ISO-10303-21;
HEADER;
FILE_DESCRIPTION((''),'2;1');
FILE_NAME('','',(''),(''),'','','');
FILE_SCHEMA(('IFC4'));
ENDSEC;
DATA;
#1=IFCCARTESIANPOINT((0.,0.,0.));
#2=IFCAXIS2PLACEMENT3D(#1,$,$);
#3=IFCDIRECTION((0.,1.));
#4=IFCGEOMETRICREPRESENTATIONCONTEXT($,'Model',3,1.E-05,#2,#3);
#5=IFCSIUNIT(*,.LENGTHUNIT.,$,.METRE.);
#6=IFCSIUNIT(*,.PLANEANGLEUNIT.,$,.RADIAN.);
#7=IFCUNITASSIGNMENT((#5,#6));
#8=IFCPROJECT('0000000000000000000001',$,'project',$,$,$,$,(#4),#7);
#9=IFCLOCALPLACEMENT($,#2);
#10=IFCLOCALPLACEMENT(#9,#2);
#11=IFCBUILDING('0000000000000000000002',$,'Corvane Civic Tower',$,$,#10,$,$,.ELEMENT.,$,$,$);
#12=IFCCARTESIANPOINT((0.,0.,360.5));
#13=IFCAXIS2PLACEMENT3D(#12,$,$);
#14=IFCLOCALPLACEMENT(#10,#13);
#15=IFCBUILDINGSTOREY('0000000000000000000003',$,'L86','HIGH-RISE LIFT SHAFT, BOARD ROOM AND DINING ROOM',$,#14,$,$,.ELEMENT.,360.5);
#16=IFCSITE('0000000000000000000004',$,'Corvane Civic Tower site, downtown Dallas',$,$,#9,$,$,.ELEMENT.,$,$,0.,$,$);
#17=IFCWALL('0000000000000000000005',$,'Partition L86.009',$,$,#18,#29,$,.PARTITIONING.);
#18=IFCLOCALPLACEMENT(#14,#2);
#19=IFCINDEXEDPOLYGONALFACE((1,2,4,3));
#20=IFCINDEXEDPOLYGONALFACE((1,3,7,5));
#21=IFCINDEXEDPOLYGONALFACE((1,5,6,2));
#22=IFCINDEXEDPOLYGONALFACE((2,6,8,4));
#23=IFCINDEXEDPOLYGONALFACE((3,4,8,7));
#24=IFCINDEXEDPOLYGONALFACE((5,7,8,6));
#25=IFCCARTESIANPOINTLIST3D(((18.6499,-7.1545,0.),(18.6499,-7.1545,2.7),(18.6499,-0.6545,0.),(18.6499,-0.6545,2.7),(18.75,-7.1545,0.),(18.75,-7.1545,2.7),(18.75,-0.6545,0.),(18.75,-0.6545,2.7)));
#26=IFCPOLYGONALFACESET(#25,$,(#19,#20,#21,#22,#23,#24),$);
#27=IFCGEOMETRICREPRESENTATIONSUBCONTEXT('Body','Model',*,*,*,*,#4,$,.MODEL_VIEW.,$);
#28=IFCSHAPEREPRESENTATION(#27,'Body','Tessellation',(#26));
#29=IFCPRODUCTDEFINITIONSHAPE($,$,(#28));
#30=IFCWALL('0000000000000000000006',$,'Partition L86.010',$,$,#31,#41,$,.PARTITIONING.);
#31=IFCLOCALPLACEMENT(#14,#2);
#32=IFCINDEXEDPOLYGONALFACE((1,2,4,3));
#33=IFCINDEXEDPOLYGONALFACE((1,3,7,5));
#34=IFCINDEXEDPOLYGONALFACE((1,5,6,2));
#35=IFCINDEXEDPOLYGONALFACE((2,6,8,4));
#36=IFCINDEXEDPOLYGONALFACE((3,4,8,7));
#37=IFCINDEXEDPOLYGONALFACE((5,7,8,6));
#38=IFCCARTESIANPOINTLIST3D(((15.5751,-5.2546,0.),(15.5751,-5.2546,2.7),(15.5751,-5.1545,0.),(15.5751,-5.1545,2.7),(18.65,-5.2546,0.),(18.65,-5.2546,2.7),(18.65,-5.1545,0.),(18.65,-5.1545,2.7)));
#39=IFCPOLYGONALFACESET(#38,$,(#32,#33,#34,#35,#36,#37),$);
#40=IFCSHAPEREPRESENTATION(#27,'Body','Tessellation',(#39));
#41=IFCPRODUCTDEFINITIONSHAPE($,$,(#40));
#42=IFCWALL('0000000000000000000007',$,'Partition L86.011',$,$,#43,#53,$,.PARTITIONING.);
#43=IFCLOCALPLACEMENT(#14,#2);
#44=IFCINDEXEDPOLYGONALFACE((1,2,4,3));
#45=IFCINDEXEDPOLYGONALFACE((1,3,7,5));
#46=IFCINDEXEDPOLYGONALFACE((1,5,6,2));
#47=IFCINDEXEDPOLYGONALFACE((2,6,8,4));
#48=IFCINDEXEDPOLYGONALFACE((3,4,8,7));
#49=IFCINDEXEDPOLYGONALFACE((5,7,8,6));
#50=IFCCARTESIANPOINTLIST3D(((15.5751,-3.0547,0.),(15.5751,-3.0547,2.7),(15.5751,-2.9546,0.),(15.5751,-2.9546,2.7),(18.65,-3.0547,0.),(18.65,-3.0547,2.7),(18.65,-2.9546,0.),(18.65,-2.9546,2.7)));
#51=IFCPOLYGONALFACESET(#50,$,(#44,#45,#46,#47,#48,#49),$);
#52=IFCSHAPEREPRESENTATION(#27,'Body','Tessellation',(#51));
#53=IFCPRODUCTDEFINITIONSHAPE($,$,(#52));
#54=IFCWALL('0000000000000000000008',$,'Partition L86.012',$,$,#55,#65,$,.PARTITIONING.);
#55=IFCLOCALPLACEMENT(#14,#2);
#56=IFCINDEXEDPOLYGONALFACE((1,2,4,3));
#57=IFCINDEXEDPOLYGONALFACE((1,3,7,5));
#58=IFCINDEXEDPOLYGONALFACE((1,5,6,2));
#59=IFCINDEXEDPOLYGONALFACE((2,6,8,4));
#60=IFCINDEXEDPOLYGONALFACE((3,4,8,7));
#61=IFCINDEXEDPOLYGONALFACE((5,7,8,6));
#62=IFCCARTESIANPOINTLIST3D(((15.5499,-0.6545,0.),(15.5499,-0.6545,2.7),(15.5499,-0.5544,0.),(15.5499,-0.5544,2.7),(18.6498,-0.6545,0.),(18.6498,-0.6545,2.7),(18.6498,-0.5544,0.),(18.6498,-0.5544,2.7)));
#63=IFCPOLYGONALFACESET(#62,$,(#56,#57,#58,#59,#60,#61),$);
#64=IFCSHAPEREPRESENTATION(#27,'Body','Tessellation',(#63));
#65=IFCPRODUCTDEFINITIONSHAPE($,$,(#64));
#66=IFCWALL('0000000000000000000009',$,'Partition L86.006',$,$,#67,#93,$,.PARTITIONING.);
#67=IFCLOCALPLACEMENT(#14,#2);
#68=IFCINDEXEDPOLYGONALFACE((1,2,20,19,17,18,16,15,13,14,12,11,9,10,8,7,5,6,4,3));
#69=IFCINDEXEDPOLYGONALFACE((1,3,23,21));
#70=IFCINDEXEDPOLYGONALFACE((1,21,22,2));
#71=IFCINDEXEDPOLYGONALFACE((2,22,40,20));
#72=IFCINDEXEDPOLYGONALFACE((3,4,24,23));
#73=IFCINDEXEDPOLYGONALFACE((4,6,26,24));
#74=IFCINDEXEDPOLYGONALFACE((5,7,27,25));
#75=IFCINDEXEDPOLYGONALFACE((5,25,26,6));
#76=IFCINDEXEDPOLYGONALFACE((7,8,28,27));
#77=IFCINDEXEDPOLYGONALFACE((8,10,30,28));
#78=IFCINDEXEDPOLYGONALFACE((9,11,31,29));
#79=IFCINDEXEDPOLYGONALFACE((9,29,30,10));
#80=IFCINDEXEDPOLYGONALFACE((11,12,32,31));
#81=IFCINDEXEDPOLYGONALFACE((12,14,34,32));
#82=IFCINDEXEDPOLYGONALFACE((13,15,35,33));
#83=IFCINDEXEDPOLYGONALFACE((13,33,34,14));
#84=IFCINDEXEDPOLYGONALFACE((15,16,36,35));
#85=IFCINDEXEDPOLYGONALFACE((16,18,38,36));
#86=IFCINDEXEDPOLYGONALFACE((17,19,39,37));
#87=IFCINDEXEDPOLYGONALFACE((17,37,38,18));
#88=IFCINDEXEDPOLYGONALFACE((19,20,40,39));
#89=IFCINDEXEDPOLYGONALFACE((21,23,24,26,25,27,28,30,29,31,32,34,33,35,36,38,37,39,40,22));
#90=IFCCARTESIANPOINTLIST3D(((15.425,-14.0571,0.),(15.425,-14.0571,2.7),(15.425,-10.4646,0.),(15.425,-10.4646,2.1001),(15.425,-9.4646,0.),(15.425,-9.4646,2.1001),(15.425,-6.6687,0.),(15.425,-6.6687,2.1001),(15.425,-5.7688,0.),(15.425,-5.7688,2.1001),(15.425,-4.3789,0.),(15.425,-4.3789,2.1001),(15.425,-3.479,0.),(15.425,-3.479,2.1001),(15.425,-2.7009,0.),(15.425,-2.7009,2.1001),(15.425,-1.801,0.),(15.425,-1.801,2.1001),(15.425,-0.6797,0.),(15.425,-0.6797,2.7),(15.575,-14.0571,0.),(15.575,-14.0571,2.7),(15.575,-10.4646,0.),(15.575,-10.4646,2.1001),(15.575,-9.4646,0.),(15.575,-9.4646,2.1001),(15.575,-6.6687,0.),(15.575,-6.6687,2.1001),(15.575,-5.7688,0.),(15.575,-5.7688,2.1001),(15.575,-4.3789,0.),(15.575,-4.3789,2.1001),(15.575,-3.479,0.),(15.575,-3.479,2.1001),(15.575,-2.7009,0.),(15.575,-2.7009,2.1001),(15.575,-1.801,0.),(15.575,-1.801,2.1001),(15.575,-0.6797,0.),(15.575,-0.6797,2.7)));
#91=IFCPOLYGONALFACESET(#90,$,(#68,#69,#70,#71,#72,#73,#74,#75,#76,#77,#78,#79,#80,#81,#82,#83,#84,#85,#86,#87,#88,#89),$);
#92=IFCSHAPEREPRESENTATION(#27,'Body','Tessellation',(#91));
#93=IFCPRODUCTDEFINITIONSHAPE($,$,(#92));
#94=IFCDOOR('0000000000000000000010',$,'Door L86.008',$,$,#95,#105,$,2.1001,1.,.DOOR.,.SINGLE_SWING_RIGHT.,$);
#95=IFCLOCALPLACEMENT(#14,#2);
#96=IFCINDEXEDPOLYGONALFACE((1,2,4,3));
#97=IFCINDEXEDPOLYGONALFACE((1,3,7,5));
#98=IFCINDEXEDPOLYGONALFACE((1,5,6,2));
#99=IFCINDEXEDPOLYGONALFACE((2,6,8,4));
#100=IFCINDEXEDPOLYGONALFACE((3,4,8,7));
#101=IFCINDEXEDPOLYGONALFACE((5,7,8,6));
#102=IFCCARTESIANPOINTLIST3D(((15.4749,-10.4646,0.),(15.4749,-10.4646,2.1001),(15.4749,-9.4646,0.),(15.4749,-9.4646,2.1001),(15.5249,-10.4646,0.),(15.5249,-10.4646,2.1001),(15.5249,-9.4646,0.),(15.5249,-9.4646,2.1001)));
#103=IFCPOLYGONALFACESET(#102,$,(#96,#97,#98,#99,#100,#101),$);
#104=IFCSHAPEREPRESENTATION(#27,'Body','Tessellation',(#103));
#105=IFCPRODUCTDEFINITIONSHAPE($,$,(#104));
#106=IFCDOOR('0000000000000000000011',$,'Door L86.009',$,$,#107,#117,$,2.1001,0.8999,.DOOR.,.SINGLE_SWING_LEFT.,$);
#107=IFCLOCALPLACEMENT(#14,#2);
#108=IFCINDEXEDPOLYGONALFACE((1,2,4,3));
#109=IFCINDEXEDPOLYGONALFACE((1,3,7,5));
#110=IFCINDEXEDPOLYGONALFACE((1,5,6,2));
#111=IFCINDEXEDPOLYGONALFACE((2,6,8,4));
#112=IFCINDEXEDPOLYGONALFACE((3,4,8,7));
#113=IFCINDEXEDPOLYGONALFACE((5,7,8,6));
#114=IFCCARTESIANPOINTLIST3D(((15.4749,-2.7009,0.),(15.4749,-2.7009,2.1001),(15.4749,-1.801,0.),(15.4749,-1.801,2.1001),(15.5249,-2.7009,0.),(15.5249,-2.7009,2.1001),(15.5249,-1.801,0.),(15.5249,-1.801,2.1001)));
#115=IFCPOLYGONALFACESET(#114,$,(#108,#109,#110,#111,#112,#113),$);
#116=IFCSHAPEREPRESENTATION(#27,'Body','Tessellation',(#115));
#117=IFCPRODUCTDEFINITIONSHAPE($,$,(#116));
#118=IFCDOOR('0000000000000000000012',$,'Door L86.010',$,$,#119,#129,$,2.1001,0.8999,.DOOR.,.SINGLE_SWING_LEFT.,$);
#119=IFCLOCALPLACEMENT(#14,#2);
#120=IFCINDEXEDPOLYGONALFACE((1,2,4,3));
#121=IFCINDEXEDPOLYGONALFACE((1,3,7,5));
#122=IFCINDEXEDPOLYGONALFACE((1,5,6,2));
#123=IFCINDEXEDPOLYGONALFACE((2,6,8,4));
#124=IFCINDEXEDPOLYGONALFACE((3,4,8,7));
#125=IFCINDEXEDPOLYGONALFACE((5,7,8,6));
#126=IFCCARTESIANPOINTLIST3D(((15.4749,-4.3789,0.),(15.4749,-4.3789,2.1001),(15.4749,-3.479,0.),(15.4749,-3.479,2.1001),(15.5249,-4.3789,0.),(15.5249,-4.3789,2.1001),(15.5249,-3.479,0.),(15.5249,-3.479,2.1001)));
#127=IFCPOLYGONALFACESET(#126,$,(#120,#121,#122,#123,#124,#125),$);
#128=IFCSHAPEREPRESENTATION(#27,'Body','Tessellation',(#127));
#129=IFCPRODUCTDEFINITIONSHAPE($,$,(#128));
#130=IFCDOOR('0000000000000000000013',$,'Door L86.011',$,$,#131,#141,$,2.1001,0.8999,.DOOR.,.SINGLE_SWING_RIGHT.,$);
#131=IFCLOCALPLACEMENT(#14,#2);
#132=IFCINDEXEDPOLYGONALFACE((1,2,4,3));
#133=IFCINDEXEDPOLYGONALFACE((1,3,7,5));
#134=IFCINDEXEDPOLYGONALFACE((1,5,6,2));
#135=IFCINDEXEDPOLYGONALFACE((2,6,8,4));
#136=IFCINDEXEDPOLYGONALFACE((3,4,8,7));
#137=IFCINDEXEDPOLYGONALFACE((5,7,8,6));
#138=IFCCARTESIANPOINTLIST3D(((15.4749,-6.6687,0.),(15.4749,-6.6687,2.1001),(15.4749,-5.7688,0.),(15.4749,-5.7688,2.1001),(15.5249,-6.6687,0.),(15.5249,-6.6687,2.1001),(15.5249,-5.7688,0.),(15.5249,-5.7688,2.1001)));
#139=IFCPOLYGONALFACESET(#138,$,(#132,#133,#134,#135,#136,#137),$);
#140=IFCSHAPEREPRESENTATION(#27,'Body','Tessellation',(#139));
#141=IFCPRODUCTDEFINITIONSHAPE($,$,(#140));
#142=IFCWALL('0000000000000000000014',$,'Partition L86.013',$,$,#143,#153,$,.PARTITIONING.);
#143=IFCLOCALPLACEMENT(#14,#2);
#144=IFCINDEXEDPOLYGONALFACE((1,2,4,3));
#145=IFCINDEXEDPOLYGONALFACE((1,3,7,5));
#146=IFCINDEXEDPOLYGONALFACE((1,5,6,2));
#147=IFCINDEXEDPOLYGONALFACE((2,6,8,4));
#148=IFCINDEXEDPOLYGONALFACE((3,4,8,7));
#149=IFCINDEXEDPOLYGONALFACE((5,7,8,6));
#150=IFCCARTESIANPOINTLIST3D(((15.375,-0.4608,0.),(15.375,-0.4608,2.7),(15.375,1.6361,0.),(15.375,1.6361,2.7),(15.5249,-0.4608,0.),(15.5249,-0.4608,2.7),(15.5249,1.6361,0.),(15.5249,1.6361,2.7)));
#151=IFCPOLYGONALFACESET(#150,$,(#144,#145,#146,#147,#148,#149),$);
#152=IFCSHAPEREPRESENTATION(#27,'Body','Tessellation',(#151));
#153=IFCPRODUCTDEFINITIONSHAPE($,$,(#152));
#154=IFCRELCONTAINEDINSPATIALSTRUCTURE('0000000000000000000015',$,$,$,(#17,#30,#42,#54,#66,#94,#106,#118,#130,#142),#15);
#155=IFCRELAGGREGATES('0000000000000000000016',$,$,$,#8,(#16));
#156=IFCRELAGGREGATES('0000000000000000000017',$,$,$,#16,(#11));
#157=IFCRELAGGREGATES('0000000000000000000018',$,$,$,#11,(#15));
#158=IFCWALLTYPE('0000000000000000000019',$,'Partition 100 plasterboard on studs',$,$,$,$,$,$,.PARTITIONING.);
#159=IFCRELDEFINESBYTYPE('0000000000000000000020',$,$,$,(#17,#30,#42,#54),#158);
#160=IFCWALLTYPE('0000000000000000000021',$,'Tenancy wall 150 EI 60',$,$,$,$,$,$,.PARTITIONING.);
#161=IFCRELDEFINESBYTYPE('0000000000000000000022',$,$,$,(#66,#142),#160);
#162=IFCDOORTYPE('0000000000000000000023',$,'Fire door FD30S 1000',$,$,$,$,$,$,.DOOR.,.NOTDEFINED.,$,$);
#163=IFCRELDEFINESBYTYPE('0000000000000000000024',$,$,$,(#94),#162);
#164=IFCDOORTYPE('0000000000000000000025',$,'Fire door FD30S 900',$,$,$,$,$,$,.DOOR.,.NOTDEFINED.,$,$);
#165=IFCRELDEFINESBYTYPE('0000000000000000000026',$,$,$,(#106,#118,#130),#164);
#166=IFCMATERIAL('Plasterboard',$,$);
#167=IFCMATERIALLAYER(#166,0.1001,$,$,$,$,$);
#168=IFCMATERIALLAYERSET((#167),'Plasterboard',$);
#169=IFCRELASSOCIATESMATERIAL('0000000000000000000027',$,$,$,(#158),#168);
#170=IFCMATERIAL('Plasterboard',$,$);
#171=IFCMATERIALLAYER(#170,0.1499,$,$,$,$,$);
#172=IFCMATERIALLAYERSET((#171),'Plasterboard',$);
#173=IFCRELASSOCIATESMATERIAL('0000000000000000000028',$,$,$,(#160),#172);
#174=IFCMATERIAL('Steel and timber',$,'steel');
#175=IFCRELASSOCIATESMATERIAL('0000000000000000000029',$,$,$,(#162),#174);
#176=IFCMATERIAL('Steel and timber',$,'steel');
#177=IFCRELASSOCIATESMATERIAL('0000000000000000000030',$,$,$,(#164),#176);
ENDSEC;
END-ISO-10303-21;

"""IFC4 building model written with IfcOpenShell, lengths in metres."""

from ifc_helpers import new_model, si_unit, direction, frame, frame_2d, origin, place, context, subcontext, project, spatial, rectangle, extrude, material, layer, layer_set, type_object, element, fill, save


model = new_model("IFC4")

# Units and contexts
model_context = context("Model", 3, precision=1e-05, world=origin(), true_north=direction((0.0, 1.0)))
body_context = subcontext(model_context, "Body", "Model", "MODEL_VIEW")
ifc_project = project(units=[si_unit("LENGTHUNIT", "METRE"), si_unit("PLANEANGLEUNIT", "RADIAN")], contexts=[model_context])

# Site, building, storey
site_placement = place(None, origin())
site = spatial("IfcSite", under=ifc_project, at=site_placement, Name="Corvane Civic Tower site, downtown Dallas", CompositionType="ELEMENT", RefElevation=0.0)
building_placement = place(site_placement, origin())
building = spatial("IfcBuilding", under=site, at=building_placement, Name="Corvane Civic Tower", CompositionType="ELEMENT")
storey_placement = place(building_placement, frame((0.0, 0.0, 360.5)))
storey = spatial("IfcBuildingStorey", under=building, at=storey_placement, Name="L86", Description="HIGH-RISE LIFT SHAFT, BOARD ROOM AND DINING ROOM", CompositionType="ELEMENT", Elevation=360.5)

# Walls
ifc_material_1 = material(Name="Plasterboard")
ifc_layer_1 = layer(ifc_material_1, 0.1001)
ifc_layer_set_1 = layer_set([ifc_layer_1], Name="Plasterboard")
wall_type_1 = type_object("IfcWallType", Name="Partition 100 plasterboard on studs", PredefinedType="PARTITIONING", material=ifc_layer_set_1)
wall_1_placement = place(storey_placement, frame((18.7, -7.1545, 0.0), z_axis=(0.0, 0.0, 1.0), x_axis=(0.0, 1.0, 0.0)))
element("IfcWall", 1, at=wall_1_placement, inside=storey, type_object=wall_type_1, Name="Partition L86.009", PredefinedType="PARTITIONING", context=body_context, shape_type="SweptSolid", body=[
    extrude(rectangle(XDim=6.5, YDim=0.1001, at=frame_2d((3.25, 0.0))), origin(), (0.0, 0.0, 1.0), 2.7),
])
for number, where, z_axis, x_axis, name in (
    (2, (15.575, -5.2046, 0.0), (0.0, 0.0, 1.0), (1.0, 0.0, 0.0), "Partition L86.010"),
    (3, (15.575, -3.0046, 0.0), (0.0, 0.0, 1.0), (1.0, 0.0, 0.0), "Partition L86.011"),
):
    element("IfcWall", number, at=place(storey_placement, frame(where, z_axis=z_axis, x_axis=x_axis)), inside=storey, type_object=wall_type_1, Name=name, PredefinedType="PARTITIONING", context=body_context, shape_type="SweptSolid", body=[
        extrude(rectangle(XDim=3.075, YDim=0.1001, at=frame_2d((1.5376, 0.0))), origin(), (0.0, 0.0, 1.0), 2.7),
    ])
wall_2_placement = place(storey_placement, frame((15.55, -0.6045, 0.0), z_axis=(0.0, 0.0, 1.0), x_axis=(1.0, 0.0, 0.0)))
element("IfcWall", 4, at=wall_2_placement, inside=storey, type_object=wall_type_1, Name="Partition L86.012", PredefinedType="PARTITIONING", context=body_context, shape_type="SweptSolid", body=[
    extrude(rectangle(XDim=3.0999, YDim=0.1001, at=frame_2d((1.5498, 0.0))), origin(), (0.0, 0.0, 1.0), 2.7),
])

# Wall, openings, doors
ifc_material_2 = material(Name="Plasterboard")
ifc_layer_2 = layer(ifc_material_2, 0.1499)
ifc_layer_set_2 = layer_set([ifc_layer_2], Name="Plasterboard")
wall_type_2 = type_object("IfcWallType", Name="Tenancy wall 150 EI 60", PredefinedType="PARTITIONING", material=ifc_layer_set_2)
wall_3_placement = place(storey_placement, frame((15.5, -14.0571, 0.0), z_axis=(0.0, 0.0, 1.0), x_axis=(0.0, 1.0, 0.0)))
wall_3 = element("IfcWall", 5, at=wall_3_placement, inside=storey, type_object=wall_type_2, Name="Partition L86.006", PredefinedType="PARTITIONING", context=body_context, shape_type="SweptSolid", body=[
    extrude(rectangle(XDim=13.3774, YDim=0.1499, at=frame_2d((6.6887, 0.0))), origin(), (0.0, 0.0, 1.0), 2.7),
])
opening_1_placement = place(wall_3_placement, frame((3.5925, 0.0, 0.0)))
opening_1 = element("IfcOpeningElement", 6, at=opening_1_placement, cuts=wall_3, PredefinedType="OPENING", context=body_context, shape_type="SweptSolid", body=[
    extrude(rectangle(XDim=1.0, YDim=2.1001, at=frame_2d((0.5, 1.05))), frame((0.0, 0.085, 0.0), z_axis=(0.0, -1.0, 0.0), x_axis=(1.0, 0.0, 0.0)), (0.0, 0.0, 1.0), 0.1699),
])
opening_2_placement = place(wall_3_placement, frame((11.3562, 0.0, 0.0)))
opening_2 = element("IfcOpeningElement", 7, at=opening_2_placement, cuts=wall_3, PredefinedType="OPENING", context=body_context, shape_type="SweptSolid", body=[
    extrude(rectangle(XDim=0.8999, YDim=2.1001, at=frame_2d((0.45, 1.05))), frame((0.0, 0.085, 0.0), z_axis=(0.0, -1.0, 0.0), x_axis=(1.0, 0.0, 0.0)), (0.0, 0.0, 1.0), 0.1699),
])
opening_3_placement = place(wall_3_placement, frame((9.6782, 0.0, 0.0)))
opening_3 = element("IfcOpeningElement", 8, at=opening_3_placement, cuts=wall_3, PredefinedType="OPENING", context=body_context, shape_type="SweptSolid", body=[
    extrude(rectangle(XDim=0.8999, YDim=2.1001, at=frame_2d((0.45, 1.05))), frame((0.0, 0.085, 0.0), z_axis=(0.0, -1.0, 0.0), x_axis=(1.0, 0.0, 0.0)), (0.0, 0.0, 1.0), 0.1699),
])
opening_4_placement = place(wall_3_placement, frame((7.3884, 0.0, 0.0)))
opening_4 = element("IfcOpeningElement", 9, at=opening_4_placement, cuts=wall_3, PredefinedType="OPENING", context=body_context, shape_type="SweptSolid", body=[
    extrude(rectangle(XDim=0.8999, YDim=2.1001, at=frame_2d((0.45, 1.05))), frame((0.0, 0.085, 0.0), z_axis=(0.0, -1.0, 0.0), x_axis=(1.0, 0.0, 0.0)), (0.0, 0.0, 1.0), 0.1699),
])
ifc_material_3 = material(Name="Steel and timber", Category="steel")
door_type_1 = type_object("IfcDoorType", Name="Fire door FD30S 1000", OperationType="NOTDEFINED", PredefinedType="DOOR", material=ifc_material_3)
door_1_placement = place(opening_1_placement, frame((1.0, 0.0, 0.0), z_axis=(0.0, 0.0, 1.0), x_axis=(-1.0, 0.0, 0.0)))
door_1 = element("IfcDoor", 10, at=door_1_placement, inside=storey, type_object=door_type_1, Name="Door L86.008", OperationType="SINGLE_SWING_RIGHT", OverallHeight=2.1001, OverallWidth=1.0, PredefinedType="DOOR", context=body_context, shape_type="SweptSolid", body=[
    extrude(rectangle(XDim=1.0, YDim=2.1001, at=frame_2d((0.5, 1.05))), frame((0.0, 0.0249, 0.0), z_axis=(0.0, -1.0, 0.0), x_axis=(1.0, 0.0, 0.0)), (0.0, 0.0, 1.0), 0.05),
])
fill(opening_1, door_1)
ifc_material_4 = material(Name="Steel and timber", Category="steel")
door_type_2 = type_object("IfcDoorType", Name="Fire door FD30S 900", OperationType="NOTDEFINED", PredefinedType="DOOR", material=ifc_material_4)
door_2_placement = place(opening_2_placement, frame((0.8999, 0.0, 0.0), z_axis=(0.0, 0.0, 1.0), x_axis=(-1.0, 0.0, 0.0)))
door_2 = element("IfcDoor", 11, at=door_2_placement, inside=storey, type_object=door_type_2, Name="Door L86.009", OperationType="SINGLE_SWING_LEFT", OverallHeight=2.1001, OverallWidth=0.8999, PredefinedType="DOOR", context=body_context, shape_type="SweptSolid", body=[
    extrude(rectangle(XDim=0.8999, YDim=2.1001, at=frame_2d((0.45, 1.05))), frame((0.0, 0.0249, 0.0), z_axis=(0.0, -1.0, 0.0), x_axis=(1.0, 0.0, 0.0)), (0.0, 0.0, 1.0), 0.05),
])
fill(opening_2, door_2)
door_3_placement = place(opening_3_placement, frame((0.8999, 0.0, 0.0), z_axis=(0.0, 0.0, 1.0), x_axis=(-1.0, 0.0, 0.0)))
door_3 = element("IfcDoor", 12, at=door_3_placement, inside=storey, type_object=door_type_2, Name="Door L86.010", OperationType="SINGLE_SWING_LEFT", OverallHeight=2.1001, OverallWidth=0.8999, PredefinedType="DOOR", context=body_context, shape_type="SweptSolid", body=[
    extrude(rectangle(XDim=0.8999, YDim=2.1001, at=frame_2d((0.45, 1.05))), frame((0.0, 0.0249, 0.0), z_axis=(0.0, -1.0, 0.0), x_axis=(1.0, 0.0, 0.0)), (0.0, 0.0, 1.0), 0.05),
])
fill(opening_3, door_3)
door_4_placement = place(opening_4_placement, frame((0.8999, 0.0, 0.0), z_axis=(0.0, 0.0, 1.0), x_axis=(-1.0, 0.0, 0.0)))
door_4 = element("IfcDoor", 13, at=door_4_placement, inside=storey, type_object=door_type_2, Name="Door L86.011", OperationType="SINGLE_SWING_RIGHT", OverallHeight=2.1001, OverallWidth=0.8999, PredefinedType="DOOR", context=body_context, shape_type="SweptSolid", body=[
    extrude(rectangle(XDim=0.8999, YDim=2.1001, at=frame_2d((0.45, 1.05))), frame((0.0, 0.0249, 0.0), z_axis=(0.0, -1.0, 0.0), x_axis=(1.0, 0.0, 0.0)), (0.0, 0.0, 1.0), 0.05),
])
fill(opening_4, door_4)

# Wall
wall_4_placement = place(storey_placement, frame((15.45, -0.4607, 0.0), z_axis=(0.0, 0.0, 1.0), x_axis=(0.0, 1.0, 0.0)))
element("IfcWall", 14, at=wall_4_placement, inside=storey, type_object=wall_type_2, Name="Partition L86.013", PredefinedType="PARTITIONING", context=body_context, shape_type="SweptSolid", body=[
    extrude(rectangle(XDim=2.0969, YDim=0.1499, at=frame_2d((1.0483, 0.0))), origin(), (0.0, 0.0, 1.0), 2.7),
])

save(model, "model.ifc")
